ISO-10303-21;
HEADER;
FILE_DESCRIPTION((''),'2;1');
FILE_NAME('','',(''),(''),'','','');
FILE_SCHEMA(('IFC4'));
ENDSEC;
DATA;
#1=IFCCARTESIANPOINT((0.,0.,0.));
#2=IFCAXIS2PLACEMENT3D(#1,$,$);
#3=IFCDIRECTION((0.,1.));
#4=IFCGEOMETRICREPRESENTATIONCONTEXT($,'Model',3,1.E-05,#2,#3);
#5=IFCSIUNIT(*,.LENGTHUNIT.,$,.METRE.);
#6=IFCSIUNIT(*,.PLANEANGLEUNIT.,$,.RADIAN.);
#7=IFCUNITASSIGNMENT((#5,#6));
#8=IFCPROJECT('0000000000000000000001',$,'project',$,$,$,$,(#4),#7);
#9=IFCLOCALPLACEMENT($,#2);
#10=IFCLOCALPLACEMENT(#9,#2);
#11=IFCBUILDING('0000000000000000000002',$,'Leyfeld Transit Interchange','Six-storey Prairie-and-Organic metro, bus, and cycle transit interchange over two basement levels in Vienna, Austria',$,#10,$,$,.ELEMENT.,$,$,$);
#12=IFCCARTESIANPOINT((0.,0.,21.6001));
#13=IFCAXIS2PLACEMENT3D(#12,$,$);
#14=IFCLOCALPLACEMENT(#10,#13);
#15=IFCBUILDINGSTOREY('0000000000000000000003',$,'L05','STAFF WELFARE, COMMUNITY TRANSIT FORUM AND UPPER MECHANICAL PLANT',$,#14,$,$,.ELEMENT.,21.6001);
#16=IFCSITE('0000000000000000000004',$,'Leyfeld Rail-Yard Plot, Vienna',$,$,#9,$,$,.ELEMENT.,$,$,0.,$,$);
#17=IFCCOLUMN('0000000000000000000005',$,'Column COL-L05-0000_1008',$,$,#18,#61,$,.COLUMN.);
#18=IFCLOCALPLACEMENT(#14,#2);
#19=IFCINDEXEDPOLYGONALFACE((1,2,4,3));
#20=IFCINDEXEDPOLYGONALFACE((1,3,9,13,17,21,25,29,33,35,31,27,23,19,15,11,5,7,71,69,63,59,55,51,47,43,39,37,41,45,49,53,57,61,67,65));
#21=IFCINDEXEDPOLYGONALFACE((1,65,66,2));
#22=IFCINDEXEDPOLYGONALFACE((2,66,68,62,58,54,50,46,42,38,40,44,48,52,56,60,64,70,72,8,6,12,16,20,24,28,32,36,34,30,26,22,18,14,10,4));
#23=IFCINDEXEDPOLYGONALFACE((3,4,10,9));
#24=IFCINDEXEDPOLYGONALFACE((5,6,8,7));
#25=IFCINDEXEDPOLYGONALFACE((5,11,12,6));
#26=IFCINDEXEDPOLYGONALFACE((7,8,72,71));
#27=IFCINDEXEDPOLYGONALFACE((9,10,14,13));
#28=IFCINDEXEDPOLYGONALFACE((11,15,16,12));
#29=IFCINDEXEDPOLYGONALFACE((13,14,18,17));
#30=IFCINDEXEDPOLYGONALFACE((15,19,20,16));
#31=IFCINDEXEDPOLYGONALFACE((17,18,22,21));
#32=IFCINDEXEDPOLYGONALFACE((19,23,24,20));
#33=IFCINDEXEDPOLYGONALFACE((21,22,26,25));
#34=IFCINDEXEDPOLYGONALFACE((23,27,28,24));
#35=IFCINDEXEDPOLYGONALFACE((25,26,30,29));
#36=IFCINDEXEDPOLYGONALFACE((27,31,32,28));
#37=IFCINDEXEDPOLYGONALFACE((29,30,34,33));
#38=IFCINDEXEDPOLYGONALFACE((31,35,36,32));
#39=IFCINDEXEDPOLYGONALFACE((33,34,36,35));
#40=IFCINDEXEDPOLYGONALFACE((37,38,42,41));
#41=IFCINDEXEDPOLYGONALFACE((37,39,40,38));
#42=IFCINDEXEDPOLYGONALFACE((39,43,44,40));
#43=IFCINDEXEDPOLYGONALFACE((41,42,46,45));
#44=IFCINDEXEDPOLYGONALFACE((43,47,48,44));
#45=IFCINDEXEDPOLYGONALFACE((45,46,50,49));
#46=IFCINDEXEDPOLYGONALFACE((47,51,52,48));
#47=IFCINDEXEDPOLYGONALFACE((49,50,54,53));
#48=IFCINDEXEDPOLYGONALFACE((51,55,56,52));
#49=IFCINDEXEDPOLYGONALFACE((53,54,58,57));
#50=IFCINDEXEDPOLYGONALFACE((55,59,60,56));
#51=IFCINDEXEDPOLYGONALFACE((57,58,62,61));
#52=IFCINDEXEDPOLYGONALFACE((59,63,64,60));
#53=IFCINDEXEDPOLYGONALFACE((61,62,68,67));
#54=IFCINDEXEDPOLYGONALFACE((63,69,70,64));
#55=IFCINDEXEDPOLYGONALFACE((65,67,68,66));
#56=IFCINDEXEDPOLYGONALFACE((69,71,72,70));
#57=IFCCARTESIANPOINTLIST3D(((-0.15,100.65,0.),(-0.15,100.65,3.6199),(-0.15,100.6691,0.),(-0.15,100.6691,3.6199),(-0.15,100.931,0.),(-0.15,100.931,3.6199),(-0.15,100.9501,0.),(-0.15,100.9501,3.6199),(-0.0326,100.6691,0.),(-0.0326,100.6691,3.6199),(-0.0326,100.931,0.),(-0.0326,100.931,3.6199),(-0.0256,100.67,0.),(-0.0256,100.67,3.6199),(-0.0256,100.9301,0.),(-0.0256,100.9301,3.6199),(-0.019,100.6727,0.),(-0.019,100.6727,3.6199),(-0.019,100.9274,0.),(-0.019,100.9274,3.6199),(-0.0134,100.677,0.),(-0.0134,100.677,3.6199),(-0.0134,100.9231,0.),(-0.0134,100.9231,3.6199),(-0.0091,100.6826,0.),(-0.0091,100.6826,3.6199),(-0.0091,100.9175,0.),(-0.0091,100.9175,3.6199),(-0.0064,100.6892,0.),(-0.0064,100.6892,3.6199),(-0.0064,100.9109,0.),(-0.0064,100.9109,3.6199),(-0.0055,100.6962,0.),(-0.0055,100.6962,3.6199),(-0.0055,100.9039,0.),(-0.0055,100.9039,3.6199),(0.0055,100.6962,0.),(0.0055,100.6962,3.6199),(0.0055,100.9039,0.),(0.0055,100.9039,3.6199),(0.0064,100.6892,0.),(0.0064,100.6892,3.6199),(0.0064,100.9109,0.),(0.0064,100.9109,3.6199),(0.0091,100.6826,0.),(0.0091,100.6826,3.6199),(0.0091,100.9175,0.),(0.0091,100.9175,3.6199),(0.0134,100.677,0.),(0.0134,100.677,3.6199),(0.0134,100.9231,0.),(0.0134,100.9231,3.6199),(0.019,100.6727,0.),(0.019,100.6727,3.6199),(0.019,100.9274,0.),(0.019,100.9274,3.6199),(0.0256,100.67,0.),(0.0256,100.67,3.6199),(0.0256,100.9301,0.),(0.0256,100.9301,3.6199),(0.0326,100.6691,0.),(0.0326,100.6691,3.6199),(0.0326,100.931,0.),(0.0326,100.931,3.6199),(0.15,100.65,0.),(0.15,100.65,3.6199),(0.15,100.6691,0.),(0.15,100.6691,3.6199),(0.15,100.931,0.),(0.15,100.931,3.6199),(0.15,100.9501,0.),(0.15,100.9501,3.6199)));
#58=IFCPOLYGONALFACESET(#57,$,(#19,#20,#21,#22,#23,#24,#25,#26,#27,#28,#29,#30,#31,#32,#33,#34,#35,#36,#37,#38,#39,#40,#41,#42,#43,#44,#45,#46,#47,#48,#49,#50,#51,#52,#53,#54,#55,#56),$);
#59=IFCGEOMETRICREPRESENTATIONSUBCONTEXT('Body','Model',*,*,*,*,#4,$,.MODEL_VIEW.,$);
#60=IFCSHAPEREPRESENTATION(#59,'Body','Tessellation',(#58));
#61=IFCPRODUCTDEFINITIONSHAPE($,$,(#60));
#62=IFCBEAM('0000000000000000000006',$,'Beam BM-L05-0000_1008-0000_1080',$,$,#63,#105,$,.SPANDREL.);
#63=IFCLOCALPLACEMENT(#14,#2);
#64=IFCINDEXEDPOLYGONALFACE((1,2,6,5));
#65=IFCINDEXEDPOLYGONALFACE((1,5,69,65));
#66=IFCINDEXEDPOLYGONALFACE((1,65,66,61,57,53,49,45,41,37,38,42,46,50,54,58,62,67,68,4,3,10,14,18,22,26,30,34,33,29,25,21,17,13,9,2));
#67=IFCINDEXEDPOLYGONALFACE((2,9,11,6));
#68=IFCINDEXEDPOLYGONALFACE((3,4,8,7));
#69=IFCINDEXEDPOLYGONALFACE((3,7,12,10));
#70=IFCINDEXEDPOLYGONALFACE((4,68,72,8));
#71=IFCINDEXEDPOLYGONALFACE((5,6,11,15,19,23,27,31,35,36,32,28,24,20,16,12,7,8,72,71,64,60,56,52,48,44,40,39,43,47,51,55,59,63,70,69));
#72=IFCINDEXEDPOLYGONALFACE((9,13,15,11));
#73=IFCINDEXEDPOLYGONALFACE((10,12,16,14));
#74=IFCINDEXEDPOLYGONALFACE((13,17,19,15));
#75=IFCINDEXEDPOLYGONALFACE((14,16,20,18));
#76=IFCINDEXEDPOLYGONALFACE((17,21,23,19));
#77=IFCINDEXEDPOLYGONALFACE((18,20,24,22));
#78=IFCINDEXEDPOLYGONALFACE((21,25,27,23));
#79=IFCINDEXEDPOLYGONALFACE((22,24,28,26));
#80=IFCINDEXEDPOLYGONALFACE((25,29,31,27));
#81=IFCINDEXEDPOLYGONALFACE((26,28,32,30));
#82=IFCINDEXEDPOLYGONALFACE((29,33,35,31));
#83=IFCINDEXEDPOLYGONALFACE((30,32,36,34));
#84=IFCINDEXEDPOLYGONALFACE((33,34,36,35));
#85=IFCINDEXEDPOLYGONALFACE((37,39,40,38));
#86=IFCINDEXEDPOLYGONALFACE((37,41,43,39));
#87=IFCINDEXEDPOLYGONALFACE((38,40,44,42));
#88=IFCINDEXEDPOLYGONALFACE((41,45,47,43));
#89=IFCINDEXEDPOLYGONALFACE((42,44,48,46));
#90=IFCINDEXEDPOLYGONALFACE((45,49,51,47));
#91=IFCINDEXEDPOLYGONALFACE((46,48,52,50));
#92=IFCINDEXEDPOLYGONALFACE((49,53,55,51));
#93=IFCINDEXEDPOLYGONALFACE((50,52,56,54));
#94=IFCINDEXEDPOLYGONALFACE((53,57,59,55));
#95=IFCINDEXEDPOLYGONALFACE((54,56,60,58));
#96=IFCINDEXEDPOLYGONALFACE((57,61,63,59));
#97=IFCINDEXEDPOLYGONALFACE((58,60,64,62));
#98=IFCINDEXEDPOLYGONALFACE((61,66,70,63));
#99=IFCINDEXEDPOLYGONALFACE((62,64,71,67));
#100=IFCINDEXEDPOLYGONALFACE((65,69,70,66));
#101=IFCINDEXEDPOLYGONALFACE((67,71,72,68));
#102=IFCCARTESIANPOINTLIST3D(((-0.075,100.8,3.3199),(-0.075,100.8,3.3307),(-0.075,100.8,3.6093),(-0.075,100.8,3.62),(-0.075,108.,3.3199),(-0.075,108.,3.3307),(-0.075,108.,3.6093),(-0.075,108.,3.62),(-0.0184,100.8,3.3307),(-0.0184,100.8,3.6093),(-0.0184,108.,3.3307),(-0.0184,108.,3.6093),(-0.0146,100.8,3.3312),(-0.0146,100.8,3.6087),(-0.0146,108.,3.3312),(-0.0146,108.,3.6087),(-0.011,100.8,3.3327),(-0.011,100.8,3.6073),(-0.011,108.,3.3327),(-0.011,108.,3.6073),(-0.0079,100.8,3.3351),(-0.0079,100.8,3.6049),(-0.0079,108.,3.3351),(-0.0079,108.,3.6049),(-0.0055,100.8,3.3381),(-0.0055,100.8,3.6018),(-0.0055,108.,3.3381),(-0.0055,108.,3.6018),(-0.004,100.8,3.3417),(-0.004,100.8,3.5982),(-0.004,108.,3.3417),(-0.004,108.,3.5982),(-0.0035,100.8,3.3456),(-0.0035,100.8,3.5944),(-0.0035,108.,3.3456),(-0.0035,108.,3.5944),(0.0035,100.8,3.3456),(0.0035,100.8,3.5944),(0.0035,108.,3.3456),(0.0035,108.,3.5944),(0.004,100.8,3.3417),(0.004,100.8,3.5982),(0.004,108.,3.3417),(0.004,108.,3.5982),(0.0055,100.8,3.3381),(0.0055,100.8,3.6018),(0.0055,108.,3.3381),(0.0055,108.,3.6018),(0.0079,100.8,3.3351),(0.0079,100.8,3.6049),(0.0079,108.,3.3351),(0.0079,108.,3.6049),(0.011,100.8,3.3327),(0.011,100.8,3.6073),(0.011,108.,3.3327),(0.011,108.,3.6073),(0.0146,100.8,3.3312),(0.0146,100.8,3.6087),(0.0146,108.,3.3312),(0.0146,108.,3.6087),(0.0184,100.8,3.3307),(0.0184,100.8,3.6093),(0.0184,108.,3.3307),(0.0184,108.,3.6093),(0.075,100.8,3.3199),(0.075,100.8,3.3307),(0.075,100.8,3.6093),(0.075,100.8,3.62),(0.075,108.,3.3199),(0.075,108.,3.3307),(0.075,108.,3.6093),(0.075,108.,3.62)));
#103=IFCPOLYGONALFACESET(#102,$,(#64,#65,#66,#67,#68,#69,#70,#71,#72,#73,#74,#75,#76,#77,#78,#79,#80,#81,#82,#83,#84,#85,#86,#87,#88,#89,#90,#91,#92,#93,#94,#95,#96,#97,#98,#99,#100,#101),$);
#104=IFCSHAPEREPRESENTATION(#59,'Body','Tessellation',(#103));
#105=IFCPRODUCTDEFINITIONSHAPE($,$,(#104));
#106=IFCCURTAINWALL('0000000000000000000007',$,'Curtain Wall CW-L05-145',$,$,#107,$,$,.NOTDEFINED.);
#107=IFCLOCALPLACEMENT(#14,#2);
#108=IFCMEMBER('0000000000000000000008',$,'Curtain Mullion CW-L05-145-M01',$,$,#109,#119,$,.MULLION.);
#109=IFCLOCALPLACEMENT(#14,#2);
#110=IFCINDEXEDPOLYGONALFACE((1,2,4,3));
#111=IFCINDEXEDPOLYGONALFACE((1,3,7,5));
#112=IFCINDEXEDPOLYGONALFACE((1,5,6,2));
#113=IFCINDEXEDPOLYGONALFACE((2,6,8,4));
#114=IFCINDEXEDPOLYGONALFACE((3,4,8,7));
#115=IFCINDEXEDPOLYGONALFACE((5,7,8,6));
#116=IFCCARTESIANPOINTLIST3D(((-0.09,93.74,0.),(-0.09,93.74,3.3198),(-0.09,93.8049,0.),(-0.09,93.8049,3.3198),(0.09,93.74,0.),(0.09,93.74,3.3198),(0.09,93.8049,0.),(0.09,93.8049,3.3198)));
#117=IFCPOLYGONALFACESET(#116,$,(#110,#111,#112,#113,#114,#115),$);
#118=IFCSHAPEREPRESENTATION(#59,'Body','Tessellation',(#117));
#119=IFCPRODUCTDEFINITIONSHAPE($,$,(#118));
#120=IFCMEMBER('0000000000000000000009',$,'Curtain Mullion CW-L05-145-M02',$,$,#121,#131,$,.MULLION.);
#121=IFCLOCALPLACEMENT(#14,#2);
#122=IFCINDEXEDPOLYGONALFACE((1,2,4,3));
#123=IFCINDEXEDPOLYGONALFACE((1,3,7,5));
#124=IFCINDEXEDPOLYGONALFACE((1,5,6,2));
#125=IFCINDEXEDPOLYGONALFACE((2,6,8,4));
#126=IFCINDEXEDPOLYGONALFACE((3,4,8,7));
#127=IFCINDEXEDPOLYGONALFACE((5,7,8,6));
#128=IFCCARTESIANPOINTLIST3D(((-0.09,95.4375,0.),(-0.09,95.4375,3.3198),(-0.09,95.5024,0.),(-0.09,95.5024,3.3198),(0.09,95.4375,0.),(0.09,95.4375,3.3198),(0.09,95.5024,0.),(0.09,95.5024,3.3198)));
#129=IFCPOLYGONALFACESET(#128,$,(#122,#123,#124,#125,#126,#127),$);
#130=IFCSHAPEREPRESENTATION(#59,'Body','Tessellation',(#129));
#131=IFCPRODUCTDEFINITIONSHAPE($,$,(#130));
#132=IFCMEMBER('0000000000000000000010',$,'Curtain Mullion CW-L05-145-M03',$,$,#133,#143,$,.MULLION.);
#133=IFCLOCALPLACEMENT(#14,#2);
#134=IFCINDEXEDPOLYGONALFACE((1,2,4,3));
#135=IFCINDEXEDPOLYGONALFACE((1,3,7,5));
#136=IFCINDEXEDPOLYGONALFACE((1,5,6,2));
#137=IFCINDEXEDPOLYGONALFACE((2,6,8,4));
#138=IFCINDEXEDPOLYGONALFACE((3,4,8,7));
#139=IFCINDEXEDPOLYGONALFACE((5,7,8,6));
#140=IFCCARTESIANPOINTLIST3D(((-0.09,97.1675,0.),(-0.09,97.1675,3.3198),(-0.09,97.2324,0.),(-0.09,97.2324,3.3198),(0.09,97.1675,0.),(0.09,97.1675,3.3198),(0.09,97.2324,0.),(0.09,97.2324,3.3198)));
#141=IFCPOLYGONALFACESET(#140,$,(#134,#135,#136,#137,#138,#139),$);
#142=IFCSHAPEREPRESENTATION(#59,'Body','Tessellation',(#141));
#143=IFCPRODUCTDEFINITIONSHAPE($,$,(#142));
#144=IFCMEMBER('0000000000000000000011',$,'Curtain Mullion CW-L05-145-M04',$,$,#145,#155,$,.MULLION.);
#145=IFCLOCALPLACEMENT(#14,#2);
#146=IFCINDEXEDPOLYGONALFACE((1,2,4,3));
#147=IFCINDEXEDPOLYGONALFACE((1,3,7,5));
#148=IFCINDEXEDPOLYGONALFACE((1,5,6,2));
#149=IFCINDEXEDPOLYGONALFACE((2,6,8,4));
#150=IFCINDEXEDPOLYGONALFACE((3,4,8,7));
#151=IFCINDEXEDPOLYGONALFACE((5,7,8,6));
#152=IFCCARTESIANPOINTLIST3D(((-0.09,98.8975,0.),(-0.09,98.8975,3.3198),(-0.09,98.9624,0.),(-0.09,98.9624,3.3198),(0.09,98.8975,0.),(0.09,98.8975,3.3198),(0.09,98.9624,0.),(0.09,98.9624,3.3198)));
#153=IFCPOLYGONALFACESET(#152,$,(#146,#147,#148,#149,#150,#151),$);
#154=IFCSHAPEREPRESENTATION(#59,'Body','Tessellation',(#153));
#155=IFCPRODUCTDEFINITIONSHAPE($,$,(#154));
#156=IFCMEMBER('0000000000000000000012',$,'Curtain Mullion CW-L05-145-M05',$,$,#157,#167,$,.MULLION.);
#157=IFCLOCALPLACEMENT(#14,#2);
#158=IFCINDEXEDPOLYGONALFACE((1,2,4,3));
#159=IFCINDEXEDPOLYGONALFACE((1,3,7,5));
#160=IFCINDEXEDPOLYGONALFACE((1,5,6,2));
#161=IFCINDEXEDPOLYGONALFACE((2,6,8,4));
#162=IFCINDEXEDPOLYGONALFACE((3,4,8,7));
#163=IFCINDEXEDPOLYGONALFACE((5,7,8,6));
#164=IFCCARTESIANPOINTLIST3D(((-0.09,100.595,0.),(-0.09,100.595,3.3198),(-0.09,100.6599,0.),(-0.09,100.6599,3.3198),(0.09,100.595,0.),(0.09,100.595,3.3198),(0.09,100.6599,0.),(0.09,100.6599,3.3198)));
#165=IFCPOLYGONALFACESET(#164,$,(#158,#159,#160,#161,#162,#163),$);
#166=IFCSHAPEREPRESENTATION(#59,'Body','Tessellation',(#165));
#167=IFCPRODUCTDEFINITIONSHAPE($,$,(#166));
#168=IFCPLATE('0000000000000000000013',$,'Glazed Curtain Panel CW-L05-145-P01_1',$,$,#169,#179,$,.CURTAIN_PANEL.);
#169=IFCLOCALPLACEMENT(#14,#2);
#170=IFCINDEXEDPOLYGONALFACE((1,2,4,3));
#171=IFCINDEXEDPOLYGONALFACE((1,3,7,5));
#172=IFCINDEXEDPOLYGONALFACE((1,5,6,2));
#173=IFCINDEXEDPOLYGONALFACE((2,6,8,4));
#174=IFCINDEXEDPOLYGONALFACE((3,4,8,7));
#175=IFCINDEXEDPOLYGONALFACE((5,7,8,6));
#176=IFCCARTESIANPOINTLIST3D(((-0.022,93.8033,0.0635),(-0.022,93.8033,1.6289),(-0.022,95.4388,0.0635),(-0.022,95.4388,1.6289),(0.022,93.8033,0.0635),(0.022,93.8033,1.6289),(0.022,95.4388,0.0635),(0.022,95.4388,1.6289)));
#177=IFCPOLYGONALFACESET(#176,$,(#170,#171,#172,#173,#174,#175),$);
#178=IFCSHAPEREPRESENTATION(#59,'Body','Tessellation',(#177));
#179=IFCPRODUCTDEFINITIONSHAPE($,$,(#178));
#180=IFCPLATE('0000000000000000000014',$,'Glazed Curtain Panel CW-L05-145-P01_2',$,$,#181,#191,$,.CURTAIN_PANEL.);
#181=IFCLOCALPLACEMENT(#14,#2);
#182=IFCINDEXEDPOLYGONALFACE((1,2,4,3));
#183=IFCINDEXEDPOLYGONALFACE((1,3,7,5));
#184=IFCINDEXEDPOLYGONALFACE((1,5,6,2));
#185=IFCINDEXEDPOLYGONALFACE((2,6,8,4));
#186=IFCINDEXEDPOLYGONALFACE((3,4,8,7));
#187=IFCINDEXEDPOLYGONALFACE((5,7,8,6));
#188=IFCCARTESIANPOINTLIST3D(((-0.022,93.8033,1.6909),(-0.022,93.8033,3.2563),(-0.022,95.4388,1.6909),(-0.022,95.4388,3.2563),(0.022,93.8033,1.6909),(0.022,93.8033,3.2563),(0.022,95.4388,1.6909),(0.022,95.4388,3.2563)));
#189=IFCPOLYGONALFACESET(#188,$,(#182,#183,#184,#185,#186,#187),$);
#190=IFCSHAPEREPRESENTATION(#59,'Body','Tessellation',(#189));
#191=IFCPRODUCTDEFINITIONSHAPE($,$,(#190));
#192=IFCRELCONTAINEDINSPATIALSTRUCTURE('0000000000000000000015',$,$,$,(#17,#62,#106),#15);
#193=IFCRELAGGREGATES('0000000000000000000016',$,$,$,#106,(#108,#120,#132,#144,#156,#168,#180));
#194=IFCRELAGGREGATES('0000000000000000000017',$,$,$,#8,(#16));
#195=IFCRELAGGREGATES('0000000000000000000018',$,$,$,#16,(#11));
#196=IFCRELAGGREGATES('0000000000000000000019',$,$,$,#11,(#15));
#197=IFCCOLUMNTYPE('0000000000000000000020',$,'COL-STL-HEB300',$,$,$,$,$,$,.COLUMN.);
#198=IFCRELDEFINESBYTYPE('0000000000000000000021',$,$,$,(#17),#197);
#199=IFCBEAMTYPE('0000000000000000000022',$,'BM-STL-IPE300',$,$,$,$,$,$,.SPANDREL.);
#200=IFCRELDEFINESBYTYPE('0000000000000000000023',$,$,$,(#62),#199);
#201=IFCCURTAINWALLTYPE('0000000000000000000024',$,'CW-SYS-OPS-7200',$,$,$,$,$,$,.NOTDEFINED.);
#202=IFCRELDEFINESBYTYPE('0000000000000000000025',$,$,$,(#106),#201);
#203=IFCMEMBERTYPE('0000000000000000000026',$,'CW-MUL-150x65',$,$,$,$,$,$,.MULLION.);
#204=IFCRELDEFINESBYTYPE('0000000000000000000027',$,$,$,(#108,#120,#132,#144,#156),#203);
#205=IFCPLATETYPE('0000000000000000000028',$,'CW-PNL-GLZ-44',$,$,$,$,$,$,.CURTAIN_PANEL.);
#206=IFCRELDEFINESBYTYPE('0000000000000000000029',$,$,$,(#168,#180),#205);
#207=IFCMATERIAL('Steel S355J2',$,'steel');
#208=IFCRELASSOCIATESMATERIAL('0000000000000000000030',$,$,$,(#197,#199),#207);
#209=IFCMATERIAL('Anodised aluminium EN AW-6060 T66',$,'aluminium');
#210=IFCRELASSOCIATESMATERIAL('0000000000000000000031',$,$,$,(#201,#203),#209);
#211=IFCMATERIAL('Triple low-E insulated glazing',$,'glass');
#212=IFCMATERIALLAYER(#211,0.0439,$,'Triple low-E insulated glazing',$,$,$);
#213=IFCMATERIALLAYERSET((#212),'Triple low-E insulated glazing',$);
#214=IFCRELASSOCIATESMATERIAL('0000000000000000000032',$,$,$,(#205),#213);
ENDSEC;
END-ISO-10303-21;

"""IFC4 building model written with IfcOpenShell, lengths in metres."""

from ifc_helpers import new_model, si_unit, direction, frame, origin, origin_2d, place, context, subcontext, project, spatial, rectangle, i_section, extrude, material, layer, layer_set, material_profile, profile_set, type_object, element, aggregate, save


model = new_model("IFC4")

# Units and contexts
model_context = context("Model", 3, precision=1e-05, world=origin(), true_north=direction((0.0, 1.0)))
body_context = subcontext(model_context, "Body", "Model", "MODEL_VIEW")
ifc_project = project(units=[si_unit("LENGTHUNIT", "METRE"), si_unit("PLANEANGLEUNIT", "RADIAN")], contexts=[model_context])

# Site, building, storey
site_placement = place(None, origin())
site = spatial("IfcSite", under=ifc_project, at=site_placement, Name="Leyfeld Rail-Yard Plot, Vienna", CompositionType="ELEMENT", RefElevation=0.0)
building_placement = place(site_placement, origin())
building = spatial("IfcBuilding", under=site, at=building_placement, Name="Leyfeld Transit Interchange", Description="Six-storey Prairie-and-Organic metro, bus, and cycle transit interchange over two basement levels in Vienna, Austria", CompositionType="ELEMENT")
storey_placement = place(building_placement, frame((0.0, 0.0, 21.6001)))
storey = spatial("IfcBuildingStorey", under=building, at=storey_placement, Name="L05", Description="STAFF WELFARE, COMMUNITY TRANSIT FORUM AND UPPER MECHANICAL PLANT", CompositionType="ELEMENT", Elevation=21.6001)

# Column
ifc_material_1 = material(Name="Steel S355J2", Category="steel")
ifc_material_profile_1 = material_profile(ifc_material_1, i_section(OverallWidth=0.3, OverallDepth=0.3, WebThickness=0.011, FlangeThickness=0.019, FilletRadius=0.0271, at=origin_2d()), Name="HEB 300")
ifc_profile_set_1 = profile_set([ifc_material_profile_1], Name="Steel S355J2")
column_type = type_object("IfcColumnType", Name="COL-STL-HEB300", PredefinedType="COLUMN", material=ifc_profile_set_1)
column_placement = place(storey_placement, frame((0.0, 100.8, 0.0), z_axis=(0.0, 0.0, 1.0), x_axis=(1.0, 0.0, 0.0)))
element("IfcColumn", 1, at=column_placement, inside=storey, type_object=column_type, Name="Column COL-L05-0000_1008", PredefinedType="COLUMN", context=body_context, shape_type="SweptSolid", body=[
    extrude(i_section(OverallWidth=0.3, OverallDepth=0.3, WebThickness=0.011, FlangeThickness=0.019, FilletRadius=0.0271, at=origin_2d()), origin(), (0.0, 0.0, 1.0), 3.6199),
])

# Beam
ifc_material_profile_2 = material_profile(ifc_material_1, i_section(OverallWidth=0.1499, OverallDepth=0.3, WebThickness=0.0071, FlangeThickness=0.0107, FilletRadius=0.0149, at=origin_2d()), Name="IPE 300")
ifc_profile_set_2 = profile_set([ifc_material_profile_2], Name="Steel S355J2")
beam_type = type_object("IfcBeamType", Name="BM-STL-IPE300", PredefinedType="SPANDREL", material=ifc_profile_set_2)
beam_placement = place(storey_placement, frame((0.0, 100.8, 3.47), z_axis=(0.0, 1.0, 0.0), x_axis=(-1.0, 0.0, 0.0)))
element("IfcBeam", 2, at=beam_placement, inside=storey, type_object=beam_type, Name="Beam BM-L05-0000_1008-0000_1080", PredefinedType="SPANDREL", context=body_context, shape_type="SweptSolid", body=[
    extrude(i_section(OverallWidth=0.1499, OverallDepth=0.3, WebThickness=0.0071, FlangeThickness=0.0107, FilletRadius=0.0149, at=origin_2d()), origin(), (0.0, 0.0, 1.0), 7.2),
])

# Curtain wall, members, plates
ifc_material_2 = material(Name="Anodised aluminium EN AW-6060 T66", Category="aluminium")
curtain_wall_type = type_object("IfcCurtainWallType", Name="CW-SYS-OPS-7200", PredefinedType="NOTDEFINED", material=ifc_material_2)
curtain_wall_placement = place(storey_placement, origin())
curtain_wall = element("IfcCurtainWall", 3, at=curtain_wall_placement, inside=storey, type_object=curtain_wall_type, Name="Curtain Wall CW-L05-145", PredefinedType="NOTDEFINED")
ifc_material_profile_3 = material_profile(ifc_material_2, rectangle(XDim=0.0649, YDim=0.1799, at=origin_2d()), Name="CW-M 65x180")
ifc_profile_set_3 = profile_set([ifc_material_profile_3], Name="Anodised aluminium EN AW-6060 T66")
member_type = type_object("IfcMemberType", Name="CW-MUL-150x65", PredefinedType="MULLION", material=ifc_profile_set_3)
member_1_placement = place(storey_placement, frame((0.0, 93.7725, 0.0), z_axis=(0.0, 0.0, 1.0), x_axis=(0.0, 1.0, 0.0)))
member_1 = element("IfcMember", 4, at=member_1_placement, type_object=member_type, Name="Curtain Mullion CW-L05-145-M01", PredefinedType="MULLION", context=body_context, shape_type="SweptSolid", body=[
    extrude(rectangle(XDim=0.0649, YDim=0.1799, at=origin_2d()), origin(), (0.0, 0.0, 1.0), 3.3198),
])
member_2_placement = place(storey_placement, frame((0.0, 95.47, 0.0), z_axis=(0.0, 0.0, 1.0), x_axis=(0.0, 1.0, 0.0)))
member_2 = element("IfcMember", 5, at=member_2_placement, type_object=member_type, Name="Curtain Mullion CW-L05-145-M02", PredefinedType="MULLION", context=body_context, shape_type="SweptSolid", body=[
    extrude(rectangle(XDim=0.0649, YDim=0.1799, at=origin_2d()), origin(), (0.0, 0.0, 1.0), 3.3198),
])
member_3_placement = place(storey_placement, frame((0.0, 97.2, 0.0), z_axis=(0.0, 0.0, 1.0), x_axis=(0.0, 1.0, 0.0)))
member_3 = element("IfcMember", 6, at=member_3_placement, type_object=member_type, Name="Curtain Mullion CW-L05-145-M03", PredefinedType="MULLION", context=body_context, shape_type="SweptSolid", body=[
    extrude(rectangle(XDim=0.0649, YDim=0.1799, at=origin_2d()), origin(), (0.0, 0.0, 1.0), 3.3198),
])
member_4_placement = place(storey_placement, frame((0.0, 98.9299, 0.0), z_axis=(0.0, 0.0, 1.0), x_axis=(0.0, 1.0, 0.0)))
member_4 = element("IfcMember", 7, at=member_4_placement, type_object=member_type, Name="Curtain Mullion CW-L05-145-M04", PredefinedType="MULLION", context=body_context, shape_type="SweptSolid", body=[
    extrude(rectangle(XDim=0.0649, YDim=0.1799, at=origin_2d()), origin(), (0.0, 0.0, 1.0), 3.3198),
])
member_5_placement = place(storey_placement, frame((0.0, 100.6274, 0.0), z_axis=(0.0, 0.0, 1.0), x_axis=(0.0, 1.0, 0.0)))
member_5 = element("IfcMember", 8, at=member_5_placement, type_object=member_type, Name="Curtain Mullion CW-L05-145-M05", PredefinedType="MULLION", context=body_context, shape_type="SweptSolid", body=[
    extrude(rectangle(XDim=0.0649, YDim=0.1799, at=origin_2d()), origin(), (0.0, 0.0, 1.0), 3.3198),
])
ifc_material_3 = material(Name="Triple low-E insulated glazing", Category="glass")
ifc_layer = layer(ifc_material_3, 0.0439, Name="Triple low-E insulated glazing")
ifc_layer_set = layer_set([ifc_layer], Name="Triple low-E insulated glazing")
plate_type = type_object("IfcPlateType", Name="CW-PNL-GLZ-44", PredefinedType="CURTAIN_PANEL", material=ifc_layer_set)
plate_1_placement = place(storey_placement, frame((0.0, 94.6211, 0.0635), z_axis=(0.0, 0.0, 1.0), x_axis=(0.0, 1.0, 0.0)))
plate_1 = element("IfcPlate", 9, at=plate_1_placement, type_object=plate_type, Name="Glazed Curtain Panel CW-L05-145-P01_1", PredefinedType="CURTAIN_PANEL", context=body_context, shape_type="SweptSolid", body=[
    extrude(rectangle(XDim=1.6355, YDim=0.0439, at=origin_2d()), origin(), (0.0, 0.0, 1.0), 1.5654),
])
plate_2_placement = place(storey_placement, frame((0.0, 94.6211, 1.6909), z_axis=(0.0, 0.0, 1.0), x_axis=(0.0, 1.0, 0.0)))
plate_2 = element("IfcPlate", 10, at=plate_2_placement, type_object=plate_type, Name="Glazed Curtain Panel CW-L05-145-P01_2", PredefinedType="CURTAIN_PANEL", context=body_context, shape_type="SweptSolid", body=[
    extrude(rectangle(XDim=1.6355, YDim=0.0439, at=origin_2d()), origin(), (0.0, 0.0, 1.0), 1.5654),
])
aggregate(curtain_wall, [member_1, member_2, member_3, member_4, member_5, plate_1, plate_2])

save(model, "model.ifc")
